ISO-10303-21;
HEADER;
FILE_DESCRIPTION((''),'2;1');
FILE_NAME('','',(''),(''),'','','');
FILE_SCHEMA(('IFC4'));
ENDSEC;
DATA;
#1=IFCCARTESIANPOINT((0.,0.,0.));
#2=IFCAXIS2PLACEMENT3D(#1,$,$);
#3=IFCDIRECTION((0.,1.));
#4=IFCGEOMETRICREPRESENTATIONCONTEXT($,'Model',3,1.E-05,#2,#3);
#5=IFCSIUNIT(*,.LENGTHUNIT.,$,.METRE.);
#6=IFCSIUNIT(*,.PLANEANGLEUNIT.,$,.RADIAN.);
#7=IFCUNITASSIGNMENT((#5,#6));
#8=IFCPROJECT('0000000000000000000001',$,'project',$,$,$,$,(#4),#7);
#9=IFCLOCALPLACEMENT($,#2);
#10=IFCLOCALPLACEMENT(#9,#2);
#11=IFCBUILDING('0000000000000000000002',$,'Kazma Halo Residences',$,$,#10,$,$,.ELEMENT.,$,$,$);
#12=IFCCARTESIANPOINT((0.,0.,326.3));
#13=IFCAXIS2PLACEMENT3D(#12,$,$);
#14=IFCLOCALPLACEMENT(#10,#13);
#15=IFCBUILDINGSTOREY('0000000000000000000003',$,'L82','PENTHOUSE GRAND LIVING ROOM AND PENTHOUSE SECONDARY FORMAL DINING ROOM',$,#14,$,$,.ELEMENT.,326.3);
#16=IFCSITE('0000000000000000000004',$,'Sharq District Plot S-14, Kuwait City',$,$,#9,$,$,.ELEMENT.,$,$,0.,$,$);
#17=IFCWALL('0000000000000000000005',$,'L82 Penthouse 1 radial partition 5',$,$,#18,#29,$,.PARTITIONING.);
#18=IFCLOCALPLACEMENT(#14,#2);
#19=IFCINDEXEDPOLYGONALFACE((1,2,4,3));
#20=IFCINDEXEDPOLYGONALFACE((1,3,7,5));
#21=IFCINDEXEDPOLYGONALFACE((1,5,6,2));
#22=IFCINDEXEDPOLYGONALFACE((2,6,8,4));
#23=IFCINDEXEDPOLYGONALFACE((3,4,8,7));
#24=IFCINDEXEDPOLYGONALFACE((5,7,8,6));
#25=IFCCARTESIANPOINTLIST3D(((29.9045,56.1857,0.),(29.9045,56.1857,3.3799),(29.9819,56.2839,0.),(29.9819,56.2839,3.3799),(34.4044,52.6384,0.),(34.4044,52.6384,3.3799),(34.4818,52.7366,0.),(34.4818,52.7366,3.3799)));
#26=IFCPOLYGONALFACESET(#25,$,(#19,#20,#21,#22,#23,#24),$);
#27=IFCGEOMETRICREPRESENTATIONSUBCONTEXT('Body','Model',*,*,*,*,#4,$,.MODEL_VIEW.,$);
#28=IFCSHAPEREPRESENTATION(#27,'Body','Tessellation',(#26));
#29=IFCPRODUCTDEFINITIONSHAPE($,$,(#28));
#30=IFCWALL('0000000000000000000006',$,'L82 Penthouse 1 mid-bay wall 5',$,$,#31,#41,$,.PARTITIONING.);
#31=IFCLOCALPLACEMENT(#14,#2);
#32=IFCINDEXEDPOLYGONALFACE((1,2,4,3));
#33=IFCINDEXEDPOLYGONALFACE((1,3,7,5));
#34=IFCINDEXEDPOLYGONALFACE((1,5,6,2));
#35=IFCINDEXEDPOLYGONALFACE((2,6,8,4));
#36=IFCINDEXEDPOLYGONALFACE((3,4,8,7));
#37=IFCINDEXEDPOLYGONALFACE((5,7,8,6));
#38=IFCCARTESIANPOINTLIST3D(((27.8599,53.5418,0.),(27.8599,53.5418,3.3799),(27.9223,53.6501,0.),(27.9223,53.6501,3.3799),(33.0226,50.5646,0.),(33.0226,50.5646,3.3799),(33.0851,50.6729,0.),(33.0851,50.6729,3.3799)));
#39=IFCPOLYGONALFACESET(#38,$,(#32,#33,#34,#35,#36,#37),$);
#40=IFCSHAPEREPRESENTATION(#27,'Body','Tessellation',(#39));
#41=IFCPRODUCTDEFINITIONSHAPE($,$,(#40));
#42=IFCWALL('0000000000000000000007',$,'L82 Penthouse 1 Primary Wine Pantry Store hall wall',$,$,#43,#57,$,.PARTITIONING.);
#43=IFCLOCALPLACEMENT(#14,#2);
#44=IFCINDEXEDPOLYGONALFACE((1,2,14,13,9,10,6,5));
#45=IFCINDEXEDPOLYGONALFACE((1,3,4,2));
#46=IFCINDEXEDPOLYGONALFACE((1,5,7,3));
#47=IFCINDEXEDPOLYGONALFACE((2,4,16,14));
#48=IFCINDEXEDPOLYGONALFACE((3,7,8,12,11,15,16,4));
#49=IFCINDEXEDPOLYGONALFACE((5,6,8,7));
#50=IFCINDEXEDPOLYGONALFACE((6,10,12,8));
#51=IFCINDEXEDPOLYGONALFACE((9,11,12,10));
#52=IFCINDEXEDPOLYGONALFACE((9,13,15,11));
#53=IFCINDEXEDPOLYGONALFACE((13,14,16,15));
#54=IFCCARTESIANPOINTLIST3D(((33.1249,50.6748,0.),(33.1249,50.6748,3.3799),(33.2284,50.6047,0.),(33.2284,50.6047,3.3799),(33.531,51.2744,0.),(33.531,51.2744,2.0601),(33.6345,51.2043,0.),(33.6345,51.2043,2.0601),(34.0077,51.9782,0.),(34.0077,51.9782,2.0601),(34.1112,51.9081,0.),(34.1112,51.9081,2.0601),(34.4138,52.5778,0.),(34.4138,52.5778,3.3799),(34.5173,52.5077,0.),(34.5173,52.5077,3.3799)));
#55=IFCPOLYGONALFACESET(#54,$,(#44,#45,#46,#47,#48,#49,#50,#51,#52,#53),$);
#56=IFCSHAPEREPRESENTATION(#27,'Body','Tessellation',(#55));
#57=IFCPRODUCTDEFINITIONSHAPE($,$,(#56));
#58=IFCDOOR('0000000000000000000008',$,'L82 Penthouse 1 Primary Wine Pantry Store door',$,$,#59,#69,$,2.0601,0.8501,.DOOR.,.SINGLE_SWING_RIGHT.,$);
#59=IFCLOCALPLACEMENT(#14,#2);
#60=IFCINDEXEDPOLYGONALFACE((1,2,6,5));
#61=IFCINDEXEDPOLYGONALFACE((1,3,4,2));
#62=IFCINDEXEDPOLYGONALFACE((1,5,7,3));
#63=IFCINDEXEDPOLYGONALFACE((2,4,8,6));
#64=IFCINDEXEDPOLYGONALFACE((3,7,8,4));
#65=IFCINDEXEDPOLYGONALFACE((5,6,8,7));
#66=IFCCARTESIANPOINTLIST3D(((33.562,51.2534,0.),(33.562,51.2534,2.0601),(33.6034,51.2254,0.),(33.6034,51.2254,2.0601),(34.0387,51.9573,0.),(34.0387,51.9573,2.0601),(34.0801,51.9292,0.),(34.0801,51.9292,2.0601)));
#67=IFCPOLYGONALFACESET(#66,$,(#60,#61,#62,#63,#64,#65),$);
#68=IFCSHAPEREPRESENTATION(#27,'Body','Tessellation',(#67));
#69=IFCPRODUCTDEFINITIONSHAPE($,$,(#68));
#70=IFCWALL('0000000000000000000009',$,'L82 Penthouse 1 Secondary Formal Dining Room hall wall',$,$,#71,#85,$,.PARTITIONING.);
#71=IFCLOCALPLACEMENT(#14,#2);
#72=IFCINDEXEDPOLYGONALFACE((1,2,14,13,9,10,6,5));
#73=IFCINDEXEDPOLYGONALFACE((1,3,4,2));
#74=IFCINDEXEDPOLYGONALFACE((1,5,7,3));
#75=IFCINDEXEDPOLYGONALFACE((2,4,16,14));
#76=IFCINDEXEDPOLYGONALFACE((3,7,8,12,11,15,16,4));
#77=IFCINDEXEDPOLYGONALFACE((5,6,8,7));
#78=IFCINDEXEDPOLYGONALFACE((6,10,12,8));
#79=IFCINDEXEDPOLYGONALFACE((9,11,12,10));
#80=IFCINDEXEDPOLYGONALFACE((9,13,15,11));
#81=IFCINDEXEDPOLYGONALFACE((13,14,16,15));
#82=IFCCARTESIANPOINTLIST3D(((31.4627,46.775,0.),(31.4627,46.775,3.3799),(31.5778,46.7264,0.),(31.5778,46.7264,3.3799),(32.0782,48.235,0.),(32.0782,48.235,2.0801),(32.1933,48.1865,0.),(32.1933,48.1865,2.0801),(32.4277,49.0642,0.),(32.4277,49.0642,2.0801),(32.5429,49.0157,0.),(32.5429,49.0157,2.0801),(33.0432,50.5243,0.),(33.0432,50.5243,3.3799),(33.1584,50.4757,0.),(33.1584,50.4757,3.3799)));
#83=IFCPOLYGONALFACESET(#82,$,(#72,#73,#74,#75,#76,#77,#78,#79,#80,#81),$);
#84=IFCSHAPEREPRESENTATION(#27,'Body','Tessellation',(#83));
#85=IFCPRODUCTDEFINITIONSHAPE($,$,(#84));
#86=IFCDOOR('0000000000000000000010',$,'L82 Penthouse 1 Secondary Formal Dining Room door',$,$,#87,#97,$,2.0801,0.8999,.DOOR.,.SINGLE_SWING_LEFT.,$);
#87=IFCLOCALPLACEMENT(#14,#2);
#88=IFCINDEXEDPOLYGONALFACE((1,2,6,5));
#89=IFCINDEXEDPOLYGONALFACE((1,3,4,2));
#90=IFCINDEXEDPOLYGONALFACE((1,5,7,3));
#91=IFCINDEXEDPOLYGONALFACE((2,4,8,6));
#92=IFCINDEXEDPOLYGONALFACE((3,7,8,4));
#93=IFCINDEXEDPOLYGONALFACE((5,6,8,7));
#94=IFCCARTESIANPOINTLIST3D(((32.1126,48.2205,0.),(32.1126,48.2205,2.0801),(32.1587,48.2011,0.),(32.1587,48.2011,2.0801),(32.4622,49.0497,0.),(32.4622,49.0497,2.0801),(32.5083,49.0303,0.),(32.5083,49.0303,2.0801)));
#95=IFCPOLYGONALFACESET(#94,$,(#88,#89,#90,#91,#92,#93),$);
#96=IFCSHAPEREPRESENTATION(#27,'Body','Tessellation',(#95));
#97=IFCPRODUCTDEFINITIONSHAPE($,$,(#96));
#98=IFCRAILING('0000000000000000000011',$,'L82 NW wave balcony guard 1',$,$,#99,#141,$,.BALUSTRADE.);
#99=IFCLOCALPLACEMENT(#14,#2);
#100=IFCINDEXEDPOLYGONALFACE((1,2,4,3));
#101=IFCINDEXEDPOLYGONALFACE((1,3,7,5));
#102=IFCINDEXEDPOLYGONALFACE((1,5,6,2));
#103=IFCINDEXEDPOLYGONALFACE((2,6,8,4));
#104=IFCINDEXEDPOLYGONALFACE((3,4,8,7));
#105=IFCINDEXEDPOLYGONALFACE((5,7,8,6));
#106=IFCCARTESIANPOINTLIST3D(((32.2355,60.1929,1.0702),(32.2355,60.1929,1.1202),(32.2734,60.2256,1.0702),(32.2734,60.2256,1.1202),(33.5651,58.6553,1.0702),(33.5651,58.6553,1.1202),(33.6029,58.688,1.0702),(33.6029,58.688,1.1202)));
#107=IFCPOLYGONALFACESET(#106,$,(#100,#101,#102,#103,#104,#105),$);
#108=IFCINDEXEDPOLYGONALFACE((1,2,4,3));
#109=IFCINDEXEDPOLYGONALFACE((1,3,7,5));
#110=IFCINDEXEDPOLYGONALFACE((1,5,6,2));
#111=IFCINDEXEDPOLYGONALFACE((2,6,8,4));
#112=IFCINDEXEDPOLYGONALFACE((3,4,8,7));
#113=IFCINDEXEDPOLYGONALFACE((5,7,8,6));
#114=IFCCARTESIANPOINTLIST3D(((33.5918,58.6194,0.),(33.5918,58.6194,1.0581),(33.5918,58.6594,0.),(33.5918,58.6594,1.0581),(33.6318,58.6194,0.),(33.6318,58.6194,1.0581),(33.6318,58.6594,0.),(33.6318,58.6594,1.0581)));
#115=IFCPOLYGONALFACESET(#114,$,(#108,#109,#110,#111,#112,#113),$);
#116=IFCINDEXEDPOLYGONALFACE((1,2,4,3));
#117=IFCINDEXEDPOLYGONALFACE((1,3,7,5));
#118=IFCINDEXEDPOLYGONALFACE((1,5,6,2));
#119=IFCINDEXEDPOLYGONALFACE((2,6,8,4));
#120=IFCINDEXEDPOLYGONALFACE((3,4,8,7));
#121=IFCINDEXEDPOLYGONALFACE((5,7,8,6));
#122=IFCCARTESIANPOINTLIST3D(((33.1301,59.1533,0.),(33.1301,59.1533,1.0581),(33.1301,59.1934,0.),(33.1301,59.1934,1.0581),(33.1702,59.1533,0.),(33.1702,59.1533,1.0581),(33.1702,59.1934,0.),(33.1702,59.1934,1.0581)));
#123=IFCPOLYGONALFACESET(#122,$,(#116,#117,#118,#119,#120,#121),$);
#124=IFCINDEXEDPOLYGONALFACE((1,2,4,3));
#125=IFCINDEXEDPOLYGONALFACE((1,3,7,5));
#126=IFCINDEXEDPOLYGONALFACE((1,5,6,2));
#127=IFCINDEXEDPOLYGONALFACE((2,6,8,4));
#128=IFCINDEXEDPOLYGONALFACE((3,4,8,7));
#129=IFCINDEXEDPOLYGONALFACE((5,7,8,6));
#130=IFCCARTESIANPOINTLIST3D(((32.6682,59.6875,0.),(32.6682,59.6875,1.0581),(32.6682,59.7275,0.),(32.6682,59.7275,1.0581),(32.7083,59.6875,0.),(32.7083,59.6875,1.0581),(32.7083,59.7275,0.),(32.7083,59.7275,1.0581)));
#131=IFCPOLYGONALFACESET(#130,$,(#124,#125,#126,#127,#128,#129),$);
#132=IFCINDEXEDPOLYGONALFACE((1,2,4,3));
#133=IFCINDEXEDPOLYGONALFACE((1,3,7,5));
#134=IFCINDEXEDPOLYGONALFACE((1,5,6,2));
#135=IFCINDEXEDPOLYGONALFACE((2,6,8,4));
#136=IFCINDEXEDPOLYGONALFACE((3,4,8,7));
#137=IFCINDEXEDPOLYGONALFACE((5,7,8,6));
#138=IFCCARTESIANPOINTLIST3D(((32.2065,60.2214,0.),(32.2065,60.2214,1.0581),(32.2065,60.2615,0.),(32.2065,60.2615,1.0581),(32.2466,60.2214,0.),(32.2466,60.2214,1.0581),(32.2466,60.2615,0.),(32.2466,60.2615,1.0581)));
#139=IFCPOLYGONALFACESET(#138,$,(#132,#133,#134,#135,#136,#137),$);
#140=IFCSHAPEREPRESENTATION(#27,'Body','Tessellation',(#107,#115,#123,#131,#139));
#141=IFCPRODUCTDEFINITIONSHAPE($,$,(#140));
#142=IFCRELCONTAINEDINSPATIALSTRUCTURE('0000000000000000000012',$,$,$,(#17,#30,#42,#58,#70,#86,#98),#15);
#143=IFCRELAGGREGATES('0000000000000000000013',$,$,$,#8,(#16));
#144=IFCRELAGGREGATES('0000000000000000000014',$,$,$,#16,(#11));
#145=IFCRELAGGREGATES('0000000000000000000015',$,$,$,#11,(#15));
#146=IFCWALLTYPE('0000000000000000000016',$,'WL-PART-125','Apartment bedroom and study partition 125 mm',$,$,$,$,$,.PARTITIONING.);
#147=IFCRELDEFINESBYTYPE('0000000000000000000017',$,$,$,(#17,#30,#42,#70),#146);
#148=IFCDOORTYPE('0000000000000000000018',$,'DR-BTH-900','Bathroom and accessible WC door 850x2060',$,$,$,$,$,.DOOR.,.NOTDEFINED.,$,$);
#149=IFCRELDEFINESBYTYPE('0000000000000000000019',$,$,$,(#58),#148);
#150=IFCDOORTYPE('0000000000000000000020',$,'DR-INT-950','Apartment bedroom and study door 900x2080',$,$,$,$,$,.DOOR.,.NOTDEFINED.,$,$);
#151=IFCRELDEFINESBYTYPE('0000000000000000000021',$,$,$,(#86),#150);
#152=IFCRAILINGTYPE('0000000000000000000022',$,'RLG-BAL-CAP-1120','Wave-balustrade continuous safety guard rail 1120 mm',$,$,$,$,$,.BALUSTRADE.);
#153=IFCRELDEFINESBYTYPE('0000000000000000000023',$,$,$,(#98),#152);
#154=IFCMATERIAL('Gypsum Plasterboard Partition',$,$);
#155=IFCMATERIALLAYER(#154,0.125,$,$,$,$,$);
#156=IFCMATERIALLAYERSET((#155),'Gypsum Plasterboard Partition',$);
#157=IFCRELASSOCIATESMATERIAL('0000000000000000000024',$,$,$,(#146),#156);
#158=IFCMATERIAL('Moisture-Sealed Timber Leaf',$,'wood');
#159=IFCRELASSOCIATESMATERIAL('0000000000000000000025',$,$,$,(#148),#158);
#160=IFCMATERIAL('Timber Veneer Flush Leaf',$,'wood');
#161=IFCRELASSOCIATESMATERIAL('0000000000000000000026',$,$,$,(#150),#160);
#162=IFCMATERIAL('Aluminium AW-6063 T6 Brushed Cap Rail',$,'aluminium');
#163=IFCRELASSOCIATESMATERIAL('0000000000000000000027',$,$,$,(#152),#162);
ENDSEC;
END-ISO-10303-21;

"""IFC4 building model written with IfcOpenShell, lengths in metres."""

from ifc_helpers import new_model, si_unit, direction, frame, frame_2d, origin, origin_2d, place, context, subcontext, project, spatial, rectangle, extrude, material, layer, layer_set, type_object, element, fill, save


model = new_model("IFC4")

# Units and contexts
model_context = context("Model", 3, precision=1e-05, world=origin(), true_north=direction((0.0, 1.0)))
body_context = subcontext(model_context, "Body", "Model", "MODEL_VIEW")
ifc_project = project(units=[si_unit("LENGTHUNIT", "METRE"), si_unit("PLANEANGLEUNIT", "RADIAN")], contexts=[model_context])

# Site, building, storey
site_placement = place(None, origin())
site = spatial("IfcSite", under=ifc_project, at=site_placement, Name="Sharq District Plot S-14, Kuwait City", CompositionType="ELEMENT", RefElevation=0.0)
building_placement = place(site_placement, origin())
building = spatial("IfcBuilding", under=site, at=building_placement, Name="Kazma Halo Residences", CompositionType="ELEMENT")
storey_placement = place(building_placement, frame((0.0, 0.0, 326.3)))
storey = spatial("IfcBuildingStorey", under=building, at=storey_placement, Name="L82", Description="PENTHOUSE GRAND LIVING ROOM AND PENTHOUSE SECONDARY FORMAL DINING ROOM", CompositionType="ELEMENT", Elevation=326.3)

# Walls
ifc_material_1 = material(Name="Gypsum Plasterboard Partition")
ifc_layer_1 = layer(ifc_material_1, 0.125)
ifc_layer_set_1 = layer_set([ifc_layer_1], Name="Gypsum Plasterboard Partition")
wall_type_1 = type_object("IfcWallType", Name="WL-PART-125", Description="Apartment bedroom and study partition 125 mm", PredefinedType="PARTITIONING", material=ifc_layer_set_1)
wall_1_placement = place(storey_placement, frame((34.4431, 52.6875, 0.0), z_axis=(0.0, 0.0, 1.0), x_axis=(-0.78533, 0.619078, 0.0)))
element("IfcWall", 1, at=wall_1_placement, inside=storey, type_object=wall_type_1, Name="L82 Penthouse 1 radial partition 5", PredefinedType="PARTITIONING", context=body_context, shape_type="SweptSolid", body=[
    extrude(rectangle(XDim=5.73, YDim=0.125, at=frame_2d((2.865, 0.0))), origin(), (0.0, 0.0, 1.0), 3.3799),
])
wall_2_placement = place(storey_placement, frame((33.054, 50.6187, 0.0), z_axis=(0.0, 0.0, 1.0), x_axis=(-0.866278, 0.499563, 0.0)))
element("IfcWall", 2, at=wall_2_placement, inside=storey, type_object=wall_type_1, Name="L82 Penthouse 1 mid-bay wall 5", PredefinedType="PARTITIONING", context=body_context, shape_type="SweptSolid", body=[
    extrude(rectangle(XDim=5.9597, YDim=0.125, at=frame_2d((2.98, 0.0))), origin(), (0.0, 0.0, 1.0), 3.3799),
])

# Walls, openings, doors
wall_3_placement = place(storey_placement, frame((34.4656, 52.5427, 0.0), z_axis=(0.0, 0.0, 1.0), x_axis=(-0.560789, -0.827958, 0.0)))
wall_3 = element("IfcWall", 3, at=wall_3_placement, inside=storey, type_object=wall_type_1, Name="L82 Penthouse 1 Primary Wine Pantry Store hall wall", PredefinedType="PARTITIONING", context=body_context, shape_type="SweptSolid", body=[
    extrude(rectangle(XDim=2.2983, YDim=0.125, at=frame_2d((1.1492, 0.0))), origin(), (0.0, 0.0, 1.0), 3.3799),
])
opening_1_placement = place(wall_3_placement, frame((0.7241, 0.0, 0.0)))
opening_1 = element("IfcOpeningElement", 4, at=opening_1_placement, cuts=wall_3, PredefinedType="OPENING", context=body_context, shape_type="SweptSolid", body=[
    extrude(rectangle(XDim=0.8501, YDim=2.0601, at=frame_2d((0.425, 1.03))), frame((0.0, 0.0725, 0.0), z_axis=(0.0, -1.0, 0.0), x_axis=(1.0, 0.0, 0.0)), (0.0, 0.0, 1.0), 0.145),
])
ifc_material_2 = material(Name="Moisture-Sealed Timber Leaf", Category="wood")
door_type_1 = type_object("IfcDoorType", Name="DR-BTH-900", Description="Bathroom and accessible WC door 850x2060", OperationType="NOTDEFINED", PredefinedType="DOOR", material=ifc_material_2)
door_1_placement = place(opening_1_placement, origin())
door_1 = element("IfcDoor", 5, at=door_1_placement, inside=storey, type_object=door_type_1, Name="L82 Penthouse 1 Primary Wine Pantry Store door", OperationType="SINGLE_SWING_RIGHT", OverallHeight=2.0601, OverallWidth=0.8501, PredefinedType="DOOR", context=body_context, shape_type="SweptSolid", body=[
    extrude(rectangle(XDim=0.8501, YDim=2.0601, at=frame_2d((0.425, 1.03))), frame((0.0, 0.0249, 0.0), z_axis=(0.0, -1.0, 0.0), x_axis=(1.0, 0.0, 0.0)), (0.0, 0.0, 1.0), 0.05),
])
fill(opening_1, door_1)
wall_4_placement = place(storey_placement, frame((33.1008, 50.5, 0.0), z_axis=(0.0, 0.0, 1.0), x_axis=(-0.388459, -0.921466, 0.0)))
wall_4 = element("IfcWall", 6, at=wall_4_placement, inside=storey, type_object=wall_type_1, Name="L82 Penthouse 1 Secondary Formal Dining Room hall wall", PredefinedType="PARTITIONING", context=body_context, shape_type="SweptSolid", body=[
    extrude(rectangle(XDim=4.0688, YDim=0.125, at=frame_2d((2.0344, 0.0))), origin(), (0.0, 0.0, 1.0), 3.3799),
])
opening_2_placement = place(wall_4_placement, frame((1.5845, 0.0, 0.0)))
opening_2 = element("IfcOpeningElement", 7, at=opening_2_placement, cuts=wall_4, PredefinedType="OPENING", context=body_context, shape_type="SweptSolid", body=[
    extrude(rectangle(XDim=0.8999, YDim=2.0801, at=frame_2d((0.45, 1.04))), frame((0.0, 0.0725, 0.0), z_axis=(0.0, -1.0, 0.0), x_axis=(1.0, 0.0, 0.0)), (0.0, 0.0, 1.0), 0.145),
])
ifc_material_3 = material(Name="Timber Veneer Flush Leaf", Category="wood")
door_type_2 = type_object("IfcDoorType", Name="DR-INT-950", Description="Apartment bedroom and study door 900x2080", OperationType="NOTDEFINED", PredefinedType="DOOR", material=ifc_material_3)
door_2_placement = place(opening_2_placement, origin())
door_2 = element("IfcDoor", 8, at=door_2_placement, inside=storey, type_object=door_type_2, Name="L82 Penthouse 1 Secondary Formal Dining Room door", OperationType="SINGLE_SWING_LEFT", OverallHeight=2.0801, OverallWidth=0.8999, PredefinedType="DOOR", context=body_context, shape_type="SweptSolid", body=[
    extrude(rectangle(XDim=0.8999, YDim=2.0801, at=frame_2d((0.45, 1.04))), frame((0.0, 0.0249, 0.0), z_axis=(0.0, -1.0, 0.0), x_axis=(1.0, 0.0, 0.0)), (0.0, 0.0, 1.0), 0.05),
])
fill(opening_2, door_2)

# Railing
ifc_material_4 = material(Name="Aluminium AW-6063 T6 Brushed Cap Rail", Category="aluminium")
railing_type = type_object("IfcRailingType", Name="RLG-BAL-CAP-1120", Description="Wave-balustrade continuous safety guard rail 1120 mm", PredefinedType="BALUSTRADE", material=ifc_material_4)
railing_1_placement = place(storey_placement, frame((33.6118, 58.6394, 0.0)))
element("IfcRailing", 9, at=railing_1_placement, inside=storey, type_object=railing_type, Name="L82 NW wave balcony guard 1", PredefinedType="BALUSTRADE", context=body_context, shape_type="SweptSolid", body=[
    extrude(rectangle(XDim=0.05, YDim=0.05, at=origin_2d()), frame((-0.0278, 0.0322, 1.0952), z_axis=(-0.65407, 0.756434, 0.0), x_axis=(-0.756434, -0.65407, 0.0)), (0.0, 0.0, 1.0), 2.0327),
    extrude(rectangle(XDim=0.04, YDim=0.04, at=origin_2d()), origin(), (0.0, 0.0, 1.0), 1.0581),
    extrude(rectangle(XDim=0.04, YDim=0.04, at=origin_2d()), frame((-0.4617, 0.5339, 0.0)), (0.0, 0.0, 1.0), 1.0581),
    extrude(rectangle(XDim=0.04, YDim=0.04, at=origin_2d()), frame((-0.9236, 1.0681, 0.0)), (0.0, 0.0, 1.0), 1.0581),
    extrude(rectangle(XDim=0.04, YDim=0.04, at=origin_2d()), frame((-1.3853, 1.6021, 0.0)), (0.0, 0.0, 1.0), 1.0581),
])

save(model, "model.ifc")
